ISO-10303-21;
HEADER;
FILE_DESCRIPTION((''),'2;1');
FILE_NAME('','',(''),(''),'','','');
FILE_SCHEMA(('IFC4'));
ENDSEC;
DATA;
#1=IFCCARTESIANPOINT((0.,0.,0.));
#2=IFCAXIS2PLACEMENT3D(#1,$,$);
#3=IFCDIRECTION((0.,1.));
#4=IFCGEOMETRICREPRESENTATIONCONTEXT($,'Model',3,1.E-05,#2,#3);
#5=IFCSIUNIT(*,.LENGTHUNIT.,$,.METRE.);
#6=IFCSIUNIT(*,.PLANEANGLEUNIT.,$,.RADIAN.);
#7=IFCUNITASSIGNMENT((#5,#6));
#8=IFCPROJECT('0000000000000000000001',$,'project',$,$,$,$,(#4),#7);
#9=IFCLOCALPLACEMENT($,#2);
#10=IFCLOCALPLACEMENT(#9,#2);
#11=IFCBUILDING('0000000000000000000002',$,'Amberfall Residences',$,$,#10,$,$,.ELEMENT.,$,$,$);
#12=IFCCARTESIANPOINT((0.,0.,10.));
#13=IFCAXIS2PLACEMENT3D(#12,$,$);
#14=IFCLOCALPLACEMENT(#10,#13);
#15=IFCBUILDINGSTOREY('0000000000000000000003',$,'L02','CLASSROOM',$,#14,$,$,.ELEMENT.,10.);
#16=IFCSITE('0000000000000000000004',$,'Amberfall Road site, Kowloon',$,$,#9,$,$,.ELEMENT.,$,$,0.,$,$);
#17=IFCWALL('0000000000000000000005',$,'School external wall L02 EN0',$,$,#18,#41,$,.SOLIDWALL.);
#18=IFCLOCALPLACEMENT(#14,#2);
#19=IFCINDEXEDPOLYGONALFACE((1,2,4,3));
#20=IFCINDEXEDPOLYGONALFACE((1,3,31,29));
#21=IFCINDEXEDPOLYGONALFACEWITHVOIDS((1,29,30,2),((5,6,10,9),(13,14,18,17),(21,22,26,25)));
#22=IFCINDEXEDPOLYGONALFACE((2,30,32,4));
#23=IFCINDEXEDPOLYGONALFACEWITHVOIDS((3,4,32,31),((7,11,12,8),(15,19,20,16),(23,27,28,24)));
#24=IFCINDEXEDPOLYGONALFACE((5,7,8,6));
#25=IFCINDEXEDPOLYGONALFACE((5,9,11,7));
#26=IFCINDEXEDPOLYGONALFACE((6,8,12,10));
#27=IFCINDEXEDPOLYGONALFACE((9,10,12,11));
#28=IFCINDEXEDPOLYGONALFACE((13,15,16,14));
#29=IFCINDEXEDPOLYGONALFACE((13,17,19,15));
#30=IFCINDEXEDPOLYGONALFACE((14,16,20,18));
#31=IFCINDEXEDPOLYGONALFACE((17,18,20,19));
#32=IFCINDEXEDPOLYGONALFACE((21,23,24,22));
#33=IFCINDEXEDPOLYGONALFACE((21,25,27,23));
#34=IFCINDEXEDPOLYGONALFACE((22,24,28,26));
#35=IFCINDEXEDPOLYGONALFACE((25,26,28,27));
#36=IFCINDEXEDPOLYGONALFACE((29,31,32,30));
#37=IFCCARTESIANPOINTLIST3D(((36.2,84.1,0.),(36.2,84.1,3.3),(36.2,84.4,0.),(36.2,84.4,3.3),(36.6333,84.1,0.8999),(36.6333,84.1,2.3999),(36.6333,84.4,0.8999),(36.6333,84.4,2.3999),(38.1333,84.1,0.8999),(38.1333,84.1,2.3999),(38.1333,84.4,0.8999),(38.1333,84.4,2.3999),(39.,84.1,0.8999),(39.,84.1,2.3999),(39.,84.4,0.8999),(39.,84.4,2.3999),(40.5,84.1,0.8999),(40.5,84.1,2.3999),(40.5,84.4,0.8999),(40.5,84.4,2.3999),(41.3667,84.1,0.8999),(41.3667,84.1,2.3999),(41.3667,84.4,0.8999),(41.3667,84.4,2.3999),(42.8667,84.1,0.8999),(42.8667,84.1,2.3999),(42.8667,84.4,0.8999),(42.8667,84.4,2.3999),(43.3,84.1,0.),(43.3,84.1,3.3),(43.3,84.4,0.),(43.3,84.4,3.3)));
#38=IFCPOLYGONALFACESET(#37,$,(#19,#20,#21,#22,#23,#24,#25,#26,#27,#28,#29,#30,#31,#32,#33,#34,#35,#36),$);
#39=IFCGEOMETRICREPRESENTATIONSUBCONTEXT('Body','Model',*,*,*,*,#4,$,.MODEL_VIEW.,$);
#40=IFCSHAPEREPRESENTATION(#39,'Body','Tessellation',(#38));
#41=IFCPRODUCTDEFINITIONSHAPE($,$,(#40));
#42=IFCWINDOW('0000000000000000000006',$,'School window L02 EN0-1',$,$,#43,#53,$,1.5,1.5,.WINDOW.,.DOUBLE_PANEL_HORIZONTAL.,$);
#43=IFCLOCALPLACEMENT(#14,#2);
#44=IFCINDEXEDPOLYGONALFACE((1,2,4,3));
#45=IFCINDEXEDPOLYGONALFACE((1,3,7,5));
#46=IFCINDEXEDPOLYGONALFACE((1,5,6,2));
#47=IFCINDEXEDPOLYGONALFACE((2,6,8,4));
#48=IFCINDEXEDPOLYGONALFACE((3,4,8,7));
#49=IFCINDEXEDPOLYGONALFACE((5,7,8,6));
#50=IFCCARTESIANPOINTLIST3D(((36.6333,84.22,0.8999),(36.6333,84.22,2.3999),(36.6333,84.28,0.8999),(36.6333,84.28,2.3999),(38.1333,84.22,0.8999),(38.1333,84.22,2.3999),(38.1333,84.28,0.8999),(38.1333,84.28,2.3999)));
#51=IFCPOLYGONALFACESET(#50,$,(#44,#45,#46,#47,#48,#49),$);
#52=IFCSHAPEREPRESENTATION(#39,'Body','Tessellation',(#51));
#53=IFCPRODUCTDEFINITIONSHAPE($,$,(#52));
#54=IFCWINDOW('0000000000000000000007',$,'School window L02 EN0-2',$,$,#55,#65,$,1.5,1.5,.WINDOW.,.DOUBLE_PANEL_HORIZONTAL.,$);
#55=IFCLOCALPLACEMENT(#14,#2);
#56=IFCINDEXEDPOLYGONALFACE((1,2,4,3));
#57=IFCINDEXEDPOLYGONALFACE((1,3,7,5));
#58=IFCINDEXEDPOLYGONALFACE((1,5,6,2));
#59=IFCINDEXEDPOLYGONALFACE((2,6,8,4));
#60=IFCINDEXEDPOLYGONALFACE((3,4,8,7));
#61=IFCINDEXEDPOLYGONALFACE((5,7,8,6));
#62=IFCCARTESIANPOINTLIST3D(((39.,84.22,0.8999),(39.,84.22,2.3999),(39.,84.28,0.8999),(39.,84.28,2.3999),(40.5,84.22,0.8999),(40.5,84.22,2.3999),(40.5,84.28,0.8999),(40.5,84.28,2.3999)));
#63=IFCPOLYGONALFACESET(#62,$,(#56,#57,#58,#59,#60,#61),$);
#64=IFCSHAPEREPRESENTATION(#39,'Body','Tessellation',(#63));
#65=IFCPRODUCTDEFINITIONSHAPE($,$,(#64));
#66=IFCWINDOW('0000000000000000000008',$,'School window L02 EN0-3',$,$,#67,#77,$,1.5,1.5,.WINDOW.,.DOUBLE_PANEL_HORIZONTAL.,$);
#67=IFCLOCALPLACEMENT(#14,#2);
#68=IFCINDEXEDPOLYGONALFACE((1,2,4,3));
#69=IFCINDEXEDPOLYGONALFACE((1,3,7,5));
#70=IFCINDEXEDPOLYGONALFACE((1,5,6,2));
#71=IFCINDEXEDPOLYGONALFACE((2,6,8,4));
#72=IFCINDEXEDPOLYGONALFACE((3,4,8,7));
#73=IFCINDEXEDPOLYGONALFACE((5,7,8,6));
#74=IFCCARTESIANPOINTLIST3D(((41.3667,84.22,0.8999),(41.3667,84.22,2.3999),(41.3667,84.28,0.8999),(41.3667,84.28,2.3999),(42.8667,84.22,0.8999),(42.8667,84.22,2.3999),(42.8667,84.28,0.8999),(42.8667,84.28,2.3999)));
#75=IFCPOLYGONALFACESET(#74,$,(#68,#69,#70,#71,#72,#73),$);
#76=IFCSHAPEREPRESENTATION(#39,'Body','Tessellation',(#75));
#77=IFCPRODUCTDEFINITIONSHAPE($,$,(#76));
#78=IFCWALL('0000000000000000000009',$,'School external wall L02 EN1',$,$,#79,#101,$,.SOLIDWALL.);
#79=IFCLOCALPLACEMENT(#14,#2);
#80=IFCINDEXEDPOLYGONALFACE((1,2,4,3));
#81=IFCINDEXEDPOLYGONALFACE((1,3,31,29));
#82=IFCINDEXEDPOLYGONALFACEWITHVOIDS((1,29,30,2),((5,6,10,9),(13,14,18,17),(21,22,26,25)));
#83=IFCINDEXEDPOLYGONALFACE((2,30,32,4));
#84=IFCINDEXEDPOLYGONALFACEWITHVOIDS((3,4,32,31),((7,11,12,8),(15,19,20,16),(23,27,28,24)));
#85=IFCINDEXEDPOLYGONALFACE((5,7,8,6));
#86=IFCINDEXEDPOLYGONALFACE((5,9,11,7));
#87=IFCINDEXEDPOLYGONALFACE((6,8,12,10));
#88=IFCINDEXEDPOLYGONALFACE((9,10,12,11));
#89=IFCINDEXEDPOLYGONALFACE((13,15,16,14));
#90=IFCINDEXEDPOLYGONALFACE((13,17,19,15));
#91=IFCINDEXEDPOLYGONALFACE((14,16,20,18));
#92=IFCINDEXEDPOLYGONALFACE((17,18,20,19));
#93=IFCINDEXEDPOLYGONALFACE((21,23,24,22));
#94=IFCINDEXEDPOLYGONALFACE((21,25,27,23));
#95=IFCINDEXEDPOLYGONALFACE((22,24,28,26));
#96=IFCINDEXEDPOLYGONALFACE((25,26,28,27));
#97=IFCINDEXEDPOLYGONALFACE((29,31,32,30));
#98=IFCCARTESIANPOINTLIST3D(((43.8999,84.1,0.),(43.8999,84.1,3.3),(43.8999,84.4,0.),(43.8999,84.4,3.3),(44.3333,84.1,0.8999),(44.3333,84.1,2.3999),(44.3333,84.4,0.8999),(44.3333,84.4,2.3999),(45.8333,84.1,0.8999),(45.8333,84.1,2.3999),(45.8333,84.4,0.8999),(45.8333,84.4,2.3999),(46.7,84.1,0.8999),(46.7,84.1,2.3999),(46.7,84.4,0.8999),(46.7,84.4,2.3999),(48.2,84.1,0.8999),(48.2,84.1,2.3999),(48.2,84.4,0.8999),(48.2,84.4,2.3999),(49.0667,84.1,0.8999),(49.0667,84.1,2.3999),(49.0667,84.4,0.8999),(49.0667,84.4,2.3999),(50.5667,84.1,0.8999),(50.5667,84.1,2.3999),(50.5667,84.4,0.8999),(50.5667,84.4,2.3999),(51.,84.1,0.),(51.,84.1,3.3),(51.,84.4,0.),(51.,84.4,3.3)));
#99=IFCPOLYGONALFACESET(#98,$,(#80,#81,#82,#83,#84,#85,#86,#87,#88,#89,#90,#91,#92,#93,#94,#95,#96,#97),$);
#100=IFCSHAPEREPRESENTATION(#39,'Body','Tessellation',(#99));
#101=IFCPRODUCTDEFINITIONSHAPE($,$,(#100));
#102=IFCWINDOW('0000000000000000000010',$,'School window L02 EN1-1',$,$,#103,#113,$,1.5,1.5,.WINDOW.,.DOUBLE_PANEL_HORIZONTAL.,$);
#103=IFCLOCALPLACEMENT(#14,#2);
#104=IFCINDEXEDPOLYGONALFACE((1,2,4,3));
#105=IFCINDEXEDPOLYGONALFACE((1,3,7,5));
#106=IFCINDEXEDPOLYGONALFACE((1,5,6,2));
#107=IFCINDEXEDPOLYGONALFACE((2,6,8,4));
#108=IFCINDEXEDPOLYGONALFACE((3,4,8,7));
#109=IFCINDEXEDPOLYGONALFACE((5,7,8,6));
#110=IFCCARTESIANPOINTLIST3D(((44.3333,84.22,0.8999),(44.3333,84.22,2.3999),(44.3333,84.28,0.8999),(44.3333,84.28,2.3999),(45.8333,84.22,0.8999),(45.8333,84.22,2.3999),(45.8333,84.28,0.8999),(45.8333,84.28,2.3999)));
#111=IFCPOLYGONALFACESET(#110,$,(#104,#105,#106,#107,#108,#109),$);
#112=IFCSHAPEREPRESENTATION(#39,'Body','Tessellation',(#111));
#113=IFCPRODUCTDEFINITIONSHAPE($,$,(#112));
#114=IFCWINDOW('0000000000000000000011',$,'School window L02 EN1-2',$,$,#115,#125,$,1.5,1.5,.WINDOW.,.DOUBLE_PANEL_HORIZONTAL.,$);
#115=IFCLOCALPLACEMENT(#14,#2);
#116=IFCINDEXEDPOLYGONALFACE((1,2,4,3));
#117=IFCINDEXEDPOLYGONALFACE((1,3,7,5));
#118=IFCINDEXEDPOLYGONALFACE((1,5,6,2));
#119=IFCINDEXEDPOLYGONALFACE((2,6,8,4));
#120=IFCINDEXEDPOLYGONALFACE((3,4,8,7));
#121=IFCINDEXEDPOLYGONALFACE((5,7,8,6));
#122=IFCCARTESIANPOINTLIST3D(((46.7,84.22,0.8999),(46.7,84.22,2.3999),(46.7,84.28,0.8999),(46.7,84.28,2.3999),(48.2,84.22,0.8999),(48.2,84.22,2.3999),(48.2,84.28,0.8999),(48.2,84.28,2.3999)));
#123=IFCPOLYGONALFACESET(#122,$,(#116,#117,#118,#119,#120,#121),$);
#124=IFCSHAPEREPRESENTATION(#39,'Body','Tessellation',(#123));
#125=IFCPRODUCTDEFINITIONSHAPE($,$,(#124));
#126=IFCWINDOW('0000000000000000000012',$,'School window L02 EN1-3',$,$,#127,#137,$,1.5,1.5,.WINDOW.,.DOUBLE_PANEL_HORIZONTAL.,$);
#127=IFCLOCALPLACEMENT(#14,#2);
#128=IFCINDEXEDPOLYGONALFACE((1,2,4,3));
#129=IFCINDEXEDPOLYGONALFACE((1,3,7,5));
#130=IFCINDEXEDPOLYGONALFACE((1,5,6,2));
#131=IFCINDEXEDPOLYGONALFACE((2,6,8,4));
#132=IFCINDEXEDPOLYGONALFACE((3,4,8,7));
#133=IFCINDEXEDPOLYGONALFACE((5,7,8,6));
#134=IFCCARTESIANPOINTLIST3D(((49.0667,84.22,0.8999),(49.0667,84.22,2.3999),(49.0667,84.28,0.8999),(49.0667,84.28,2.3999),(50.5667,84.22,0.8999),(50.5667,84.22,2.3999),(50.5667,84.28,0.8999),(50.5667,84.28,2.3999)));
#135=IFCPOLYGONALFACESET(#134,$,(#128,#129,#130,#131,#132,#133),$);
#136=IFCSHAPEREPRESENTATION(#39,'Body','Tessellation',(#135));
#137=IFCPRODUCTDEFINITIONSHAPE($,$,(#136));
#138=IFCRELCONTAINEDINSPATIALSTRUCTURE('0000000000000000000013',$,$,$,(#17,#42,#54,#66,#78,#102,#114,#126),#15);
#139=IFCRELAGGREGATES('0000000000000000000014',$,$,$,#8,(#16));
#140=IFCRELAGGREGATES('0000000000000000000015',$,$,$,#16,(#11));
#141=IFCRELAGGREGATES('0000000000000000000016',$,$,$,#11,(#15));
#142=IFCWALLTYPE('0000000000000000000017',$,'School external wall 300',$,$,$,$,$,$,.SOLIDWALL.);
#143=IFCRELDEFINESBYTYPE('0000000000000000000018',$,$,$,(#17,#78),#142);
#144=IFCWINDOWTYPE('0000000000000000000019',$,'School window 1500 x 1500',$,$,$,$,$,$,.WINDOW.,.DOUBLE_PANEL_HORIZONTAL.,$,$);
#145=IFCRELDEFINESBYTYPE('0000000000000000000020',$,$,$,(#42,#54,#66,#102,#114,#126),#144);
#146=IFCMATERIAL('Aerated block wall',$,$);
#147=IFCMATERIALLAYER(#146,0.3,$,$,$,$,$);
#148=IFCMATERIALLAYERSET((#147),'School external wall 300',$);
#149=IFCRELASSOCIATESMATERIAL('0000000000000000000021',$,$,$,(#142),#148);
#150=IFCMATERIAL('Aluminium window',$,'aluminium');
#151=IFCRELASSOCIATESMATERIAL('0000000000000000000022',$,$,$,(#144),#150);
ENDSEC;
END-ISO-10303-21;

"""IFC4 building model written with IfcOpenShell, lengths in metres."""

from ifc_helpers import new_model, si_unit, direction, frame, frame_2d, origin, place, context, subcontext, project, spatial, rectangle, extrude, material, layer, layer_set, type_object, element, fill, save


model = new_model("IFC4")

# Units and contexts
model_context = context("Model", 3, precision=1e-05, world=origin(), true_north=direction((0.0, 1.0)))
body_context = subcontext(model_context, "Body", "Model", "MODEL_VIEW")
ifc_project = project(units=[si_unit("LENGTHUNIT", "METRE"), si_unit("PLANEANGLEUNIT", "RADIAN")], contexts=[model_context])

# Site, building, storey
site_placement = place(None, origin())
site = spatial("IfcSite", under=ifc_project, at=site_placement, Name="Amberfall Road site, Kowloon", CompositionType="ELEMENT", RefElevation=0.0)
building_placement = place(site_placement, origin())
building = spatial("IfcBuilding", under=site, at=building_placement, Name="Amberfall Residences", CompositionType="ELEMENT")
storey_placement = place(building_placement, frame((0.0, 0.0, 10.0)))
storey = spatial("IfcBuildingStorey", under=building, at=storey_placement, Name="L02", Description="CLASSROOM", CompositionType="ELEMENT", Elevation=10.0)

# Walls, openings, windows
ifc_material_1 = material(Name="Aerated block wall")
ifc_layer_1 = layer(ifc_material_1, 0.3)
ifc_layer_set_1 = layer_set([ifc_layer_1], Name="School external wall 300")
wall_type_1 = type_object("IfcWallType", Name="School external wall 300", PredefinedType="SOLIDWALL", material=ifc_layer_set_1)
ifc_material_2 = material(Name="Aluminium window", Category="aluminium")
window_type = type_object("IfcWindowType", Name="School window 1500 x 1500", PartitioningType="DOUBLE_PANEL_HORIZONTAL", PredefinedType="WINDOW", material=ifc_material_2)
wall_1_placement = place(storey_placement, frame((36.2, 84.25, 0.0), z_axis=(0.0, 0.0, 1.0), x_axis=(1.0, 0.0, 0.0)))
wall_1 = element("IfcWall", 1, at=wall_1_placement, inside=storey, type_object=wall_type_1, Name="School external wall L02 EN0", PredefinedType="SOLIDWALL", context=body_context, shape_type="SweptSolid", body=[
    extrude(rectangle(XDim=7.1001, YDim=0.3, at=frame_2d((3.55, 0.0))), origin(), (0.0, 0.0, 1.0), 3.3),
])
opening_1_placement = place(wall_1_placement, frame((0.4333, 0.0, 0.8999)))
opening_1 = element("IfcOpeningElement", 2, at=opening_1_placement, cuts=wall_1, PredefinedType="OPENING", context=body_context, shape_type="SweptSolid", body=[
    extrude(rectangle(XDim=1.5, YDim=1.5, at=frame_2d((0.75, 0.75))), frame((0.0, 0.1599, 0.0), z_axis=(0.0, -1.0, 0.0), x_axis=(1.0, 0.0, 0.0)), (0.0, 0.0, 1.0), 0.3201),
])
opening_2_placement = place(wall_1_placement, frame((2.8, 0.0, 0.8999)))
opening_2 = element("IfcOpeningElement", 3, at=opening_2_placement, cuts=wall_1, PredefinedType="OPENING", context=body_context, shape_type="SweptSolid", body=[
    extrude(rectangle(XDim=1.5, YDim=1.5, at=frame_2d((0.75, 0.75))), frame((0.0, 0.1599, 0.0), z_axis=(0.0, -1.0, 0.0), x_axis=(1.0, 0.0, 0.0)), (0.0, 0.0, 1.0), 0.3201),
])
opening_3_placement = place(wall_1_placement, frame((5.1667, 0.0, 0.8999)))
opening_3 = element("IfcOpeningElement", 4, at=opening_3_placement, cuts=wall_1, PredefinedType="OPENING", context=body_context, shape_type="SweptSolid", body=[
    extrude(rectangle(XDim=1.5, YDim=1.5, at=frame_2d((0.75, 0.75))), frame((0.0, 0.1599, 0.0), z_axis=(0.0, -1.0, 0.0), x_axis=(1.0, 0.0, 0.0)), (0.0, 0.0, 1.0), 0.3201),
])
window_1_placement = place(opening_1_placement, origin())
window_1 = element("IfcWindow", 5, at=window_1_placement, inside=storey, type_object=window_type, Name="School window L02 EN0-1", OverallHeight=1.5, OverallWidth=1.5, PartitioningType="DOUBLE_PANEL_HORIZONTAL", PredefinedType="WINDOW", context=body_context, shape_type="SweptSolid", body=[
    extrude(rectangle(XDim=1.5, YDim=1.5, at=frame_2d((0.75, 0.75))), frame((0.0, 0.03, 0.0), z_axis=(0.0, -1.0, 0.0), x_axis=(1.0, 0.0, 0.0)), (0.0, 0.0, 1.0), 0.0601),
])
fill(opening_1, window_1)
window_2_placement = place(opening_2_placement, origin())
window_2 = element("IfcWindow", 6, at=window_2_placement, inside=storey, type_object=window_type, Name="School window L02 EN0-2", OverallHeight=1.5, OverallWidth=1.5, PartitioningType="DOUBLE_PANEL_HORIZONTAL", PredefinedType="WINDOW", context=body_context, shape_type="SweptSolid", body=[
    extrude(rectangle(XDim=1.5, YDim=1.5, at=frame_2d((0.75, 0.75))), frame((0.0, 0.03, 0.0), z_axis=(0.0, -1.0, 0.0), x_axis=(1.0, 0.0, 0.0)), (0.0, 0.0, 1.0), 0.0601),
])
fill(opening_2, window_2)
window_3_placement = place(opening_3_placement, origin())
window_3 = element("IfcWindow", 7, at=window_3_placement, inside=storey, type_object=window_type, Name="School window L02 EN0-3", OverallHeight=1.5, OverallWidth=1.5, PartitioningType="DOUBLE_PANEL_HORIZONTAL", PredefinedType="WINDOW", context=body_context, shape_type="SweptSolid", body=[
    extrude(rectangle(XDim=1.5, YDim=1.5, at=frame_2d((0.75, 0.75))), frame((0.0, 0.03, 0.0), z_axis=(0.0, -1.0, 0.0), x_axis=(1.0, 0.0, 0.0)), (0.0, 0.0, 1.0), 0.0601),
])
fill(opening_3, window_3)
wall_2_placement = place(storey_placement, frame((43.8999, 84.25, 0.0), z_axis=(0.0, 0.0, 1.0), x_axis=(1.0, 0.0, 0.0)))
wall_2 = element("IfcWall", 8, at=wall_2_placement, inside=storey, type_object=wall_type_1, Name="School external wall L02 EN1", PredefinedType="SOLIDWALL", context=body_context, shape_type="SweptSolid", body=[
    extrude(rectangle(XDim=7.1001, YDim=0.3, at=frame_2d((3.55, 0.0))), origin(), (0.0, 0.0, 1.0), 3.3),
])
opening_4_placement = place(wall_2_placement, frame((0.4333, 0.0, 0.8999)))
opening_4 = element("IfcOpeningElement", 9, at=opening_4_placement, cuts=wall_2, PredefinedType="OPENING", context=body_context, shape_type="SweptSolid", body=[
    extrude(rectangle(XDim=1.5, YDim=1.5, at=frame_2d((0.75, 0.75))), frame((0.0, 0.1599, 0.0), z_axis=(0.0, -1.0, 0.0), x_axis=(1.0, 0.0, 0.0)), (0.0, 0.0, 1.0), 0.3201),
])
opening_5_placement = place(wall_2_placement, frame((2.8, 0.0, 0.8999)))
opening_5 = element("IfcOpeningElement", 10, at=opening_5_placement, cuts=wall_2, PredefinedType="OPENING", context=body_context, shape_type="SweptSolid", body=[
    extrude(rectangle(XDim=1.5, YDim=1.5, at=frame_2d((0.75, 0.75))), frame((0.0, 0.1599, 0.0), z_axis=(0.0, -1.0, 0.0), x_axis=(1.0, 0.0, 0.0)), (0.0, 0.0, 1.0), 0.3201),
])
opening_6_placement = place(wall_2_placement, frame((5.1667, 0.0, 0.8999)))
opening_6 = element("IfcOpeningElement", 11, at=opening_6_placement, cuts=wall_2, PredefinedType="OPENING", context=body_context, shape_type="SweptSolid", body=[
    extrude(rectangle(XDim=1.5, YDim=1.5, at=frame_2d((0.75, 0.75))), frame((0.0, 0.1599, 0.0), z_axis=(0.0, -1.0, 0.0), x_axis=(1.0, 0.0, 0.0)), (0.0, 0.0, 1.0), 0.3201),
])
window_4_placement = place(opening_4_placement, origin())
window_4 = element("IfcWindow", 12, at=window_4_placement, inside=storey, type_object=window_type, Name="School window L02 EN1-1", OverallHeight=1.5, OverallWidth=1.5, PartitioningType="DOUBLE_PANEL_HORIZONTAL", PredefinedType="WINDOW", context=body_context, shape_type="SweptSolid", body=[
    extrude(rectangle(XDim=1.5, YDim=1.5, at=frame_2d((0.75, 0.75))), frame((0.0, 0.03, 0.0), z_axis=(0.0, -1.0, 0.0), x_axis=(1.0, 0.0, 0.0)), (0.0, 0.0, 1.0), 0.0601),
])
fill(opening_4, window_4)
window_5_placement = place(opening_5_placement, origin())
window_5 = element("IfcWindow", 13, at=window_5_placement, inside=storey, type_object=window_type, Name="School window L02 EN1-2", OverallHeight=1.5, OverallWidth=1.5, PartitioningType="DOUBLE_PANEL_HORIZONTAL", PredefinedType="WINDOW", context=body_context, shape_type="SweptSolid", body=[
    extrude(rectangle(XDim=1.5, YDim=1.5, at=frame_2d((0.75, 0.75))), frame((0.0, 0.03, 0.0), z_axis=(0.0, -1.0, 0.0), x_axis=(1.0, 0.0, 0.0)), (0.0, 0.0, 1.0), 0.0601),
])
fill(opening_5, window_5)
window_6_placement = place(opening_6_placement, origin())
window_6 = element("IfcWindow", 14, at=window_6_placement, inside=storey, type_object=window_type, Name="School window L02 EN1-3", OverallHeight=1.5, OverallWidth=1.5, PartitioningType="DOUBLE_PANEL_HORIZONTAL", PredefinedType="WINDOW", context=body_context, shape_type="SweptSolid", body=[
    extrude(rectangle(XDim=1.5, YDim=1.5, at=frame_2d((0.75, 0.75))), frame((0.0, 0.03, 0.0), z_axis=(0.0, -1.0, 0.0), x_axis=(1.0, 0.0, 0.0)), (0.0, 0.0, 1.0), 0.0601),
])
fill(opening_6, window_6)

save(model, "model.ifc")
